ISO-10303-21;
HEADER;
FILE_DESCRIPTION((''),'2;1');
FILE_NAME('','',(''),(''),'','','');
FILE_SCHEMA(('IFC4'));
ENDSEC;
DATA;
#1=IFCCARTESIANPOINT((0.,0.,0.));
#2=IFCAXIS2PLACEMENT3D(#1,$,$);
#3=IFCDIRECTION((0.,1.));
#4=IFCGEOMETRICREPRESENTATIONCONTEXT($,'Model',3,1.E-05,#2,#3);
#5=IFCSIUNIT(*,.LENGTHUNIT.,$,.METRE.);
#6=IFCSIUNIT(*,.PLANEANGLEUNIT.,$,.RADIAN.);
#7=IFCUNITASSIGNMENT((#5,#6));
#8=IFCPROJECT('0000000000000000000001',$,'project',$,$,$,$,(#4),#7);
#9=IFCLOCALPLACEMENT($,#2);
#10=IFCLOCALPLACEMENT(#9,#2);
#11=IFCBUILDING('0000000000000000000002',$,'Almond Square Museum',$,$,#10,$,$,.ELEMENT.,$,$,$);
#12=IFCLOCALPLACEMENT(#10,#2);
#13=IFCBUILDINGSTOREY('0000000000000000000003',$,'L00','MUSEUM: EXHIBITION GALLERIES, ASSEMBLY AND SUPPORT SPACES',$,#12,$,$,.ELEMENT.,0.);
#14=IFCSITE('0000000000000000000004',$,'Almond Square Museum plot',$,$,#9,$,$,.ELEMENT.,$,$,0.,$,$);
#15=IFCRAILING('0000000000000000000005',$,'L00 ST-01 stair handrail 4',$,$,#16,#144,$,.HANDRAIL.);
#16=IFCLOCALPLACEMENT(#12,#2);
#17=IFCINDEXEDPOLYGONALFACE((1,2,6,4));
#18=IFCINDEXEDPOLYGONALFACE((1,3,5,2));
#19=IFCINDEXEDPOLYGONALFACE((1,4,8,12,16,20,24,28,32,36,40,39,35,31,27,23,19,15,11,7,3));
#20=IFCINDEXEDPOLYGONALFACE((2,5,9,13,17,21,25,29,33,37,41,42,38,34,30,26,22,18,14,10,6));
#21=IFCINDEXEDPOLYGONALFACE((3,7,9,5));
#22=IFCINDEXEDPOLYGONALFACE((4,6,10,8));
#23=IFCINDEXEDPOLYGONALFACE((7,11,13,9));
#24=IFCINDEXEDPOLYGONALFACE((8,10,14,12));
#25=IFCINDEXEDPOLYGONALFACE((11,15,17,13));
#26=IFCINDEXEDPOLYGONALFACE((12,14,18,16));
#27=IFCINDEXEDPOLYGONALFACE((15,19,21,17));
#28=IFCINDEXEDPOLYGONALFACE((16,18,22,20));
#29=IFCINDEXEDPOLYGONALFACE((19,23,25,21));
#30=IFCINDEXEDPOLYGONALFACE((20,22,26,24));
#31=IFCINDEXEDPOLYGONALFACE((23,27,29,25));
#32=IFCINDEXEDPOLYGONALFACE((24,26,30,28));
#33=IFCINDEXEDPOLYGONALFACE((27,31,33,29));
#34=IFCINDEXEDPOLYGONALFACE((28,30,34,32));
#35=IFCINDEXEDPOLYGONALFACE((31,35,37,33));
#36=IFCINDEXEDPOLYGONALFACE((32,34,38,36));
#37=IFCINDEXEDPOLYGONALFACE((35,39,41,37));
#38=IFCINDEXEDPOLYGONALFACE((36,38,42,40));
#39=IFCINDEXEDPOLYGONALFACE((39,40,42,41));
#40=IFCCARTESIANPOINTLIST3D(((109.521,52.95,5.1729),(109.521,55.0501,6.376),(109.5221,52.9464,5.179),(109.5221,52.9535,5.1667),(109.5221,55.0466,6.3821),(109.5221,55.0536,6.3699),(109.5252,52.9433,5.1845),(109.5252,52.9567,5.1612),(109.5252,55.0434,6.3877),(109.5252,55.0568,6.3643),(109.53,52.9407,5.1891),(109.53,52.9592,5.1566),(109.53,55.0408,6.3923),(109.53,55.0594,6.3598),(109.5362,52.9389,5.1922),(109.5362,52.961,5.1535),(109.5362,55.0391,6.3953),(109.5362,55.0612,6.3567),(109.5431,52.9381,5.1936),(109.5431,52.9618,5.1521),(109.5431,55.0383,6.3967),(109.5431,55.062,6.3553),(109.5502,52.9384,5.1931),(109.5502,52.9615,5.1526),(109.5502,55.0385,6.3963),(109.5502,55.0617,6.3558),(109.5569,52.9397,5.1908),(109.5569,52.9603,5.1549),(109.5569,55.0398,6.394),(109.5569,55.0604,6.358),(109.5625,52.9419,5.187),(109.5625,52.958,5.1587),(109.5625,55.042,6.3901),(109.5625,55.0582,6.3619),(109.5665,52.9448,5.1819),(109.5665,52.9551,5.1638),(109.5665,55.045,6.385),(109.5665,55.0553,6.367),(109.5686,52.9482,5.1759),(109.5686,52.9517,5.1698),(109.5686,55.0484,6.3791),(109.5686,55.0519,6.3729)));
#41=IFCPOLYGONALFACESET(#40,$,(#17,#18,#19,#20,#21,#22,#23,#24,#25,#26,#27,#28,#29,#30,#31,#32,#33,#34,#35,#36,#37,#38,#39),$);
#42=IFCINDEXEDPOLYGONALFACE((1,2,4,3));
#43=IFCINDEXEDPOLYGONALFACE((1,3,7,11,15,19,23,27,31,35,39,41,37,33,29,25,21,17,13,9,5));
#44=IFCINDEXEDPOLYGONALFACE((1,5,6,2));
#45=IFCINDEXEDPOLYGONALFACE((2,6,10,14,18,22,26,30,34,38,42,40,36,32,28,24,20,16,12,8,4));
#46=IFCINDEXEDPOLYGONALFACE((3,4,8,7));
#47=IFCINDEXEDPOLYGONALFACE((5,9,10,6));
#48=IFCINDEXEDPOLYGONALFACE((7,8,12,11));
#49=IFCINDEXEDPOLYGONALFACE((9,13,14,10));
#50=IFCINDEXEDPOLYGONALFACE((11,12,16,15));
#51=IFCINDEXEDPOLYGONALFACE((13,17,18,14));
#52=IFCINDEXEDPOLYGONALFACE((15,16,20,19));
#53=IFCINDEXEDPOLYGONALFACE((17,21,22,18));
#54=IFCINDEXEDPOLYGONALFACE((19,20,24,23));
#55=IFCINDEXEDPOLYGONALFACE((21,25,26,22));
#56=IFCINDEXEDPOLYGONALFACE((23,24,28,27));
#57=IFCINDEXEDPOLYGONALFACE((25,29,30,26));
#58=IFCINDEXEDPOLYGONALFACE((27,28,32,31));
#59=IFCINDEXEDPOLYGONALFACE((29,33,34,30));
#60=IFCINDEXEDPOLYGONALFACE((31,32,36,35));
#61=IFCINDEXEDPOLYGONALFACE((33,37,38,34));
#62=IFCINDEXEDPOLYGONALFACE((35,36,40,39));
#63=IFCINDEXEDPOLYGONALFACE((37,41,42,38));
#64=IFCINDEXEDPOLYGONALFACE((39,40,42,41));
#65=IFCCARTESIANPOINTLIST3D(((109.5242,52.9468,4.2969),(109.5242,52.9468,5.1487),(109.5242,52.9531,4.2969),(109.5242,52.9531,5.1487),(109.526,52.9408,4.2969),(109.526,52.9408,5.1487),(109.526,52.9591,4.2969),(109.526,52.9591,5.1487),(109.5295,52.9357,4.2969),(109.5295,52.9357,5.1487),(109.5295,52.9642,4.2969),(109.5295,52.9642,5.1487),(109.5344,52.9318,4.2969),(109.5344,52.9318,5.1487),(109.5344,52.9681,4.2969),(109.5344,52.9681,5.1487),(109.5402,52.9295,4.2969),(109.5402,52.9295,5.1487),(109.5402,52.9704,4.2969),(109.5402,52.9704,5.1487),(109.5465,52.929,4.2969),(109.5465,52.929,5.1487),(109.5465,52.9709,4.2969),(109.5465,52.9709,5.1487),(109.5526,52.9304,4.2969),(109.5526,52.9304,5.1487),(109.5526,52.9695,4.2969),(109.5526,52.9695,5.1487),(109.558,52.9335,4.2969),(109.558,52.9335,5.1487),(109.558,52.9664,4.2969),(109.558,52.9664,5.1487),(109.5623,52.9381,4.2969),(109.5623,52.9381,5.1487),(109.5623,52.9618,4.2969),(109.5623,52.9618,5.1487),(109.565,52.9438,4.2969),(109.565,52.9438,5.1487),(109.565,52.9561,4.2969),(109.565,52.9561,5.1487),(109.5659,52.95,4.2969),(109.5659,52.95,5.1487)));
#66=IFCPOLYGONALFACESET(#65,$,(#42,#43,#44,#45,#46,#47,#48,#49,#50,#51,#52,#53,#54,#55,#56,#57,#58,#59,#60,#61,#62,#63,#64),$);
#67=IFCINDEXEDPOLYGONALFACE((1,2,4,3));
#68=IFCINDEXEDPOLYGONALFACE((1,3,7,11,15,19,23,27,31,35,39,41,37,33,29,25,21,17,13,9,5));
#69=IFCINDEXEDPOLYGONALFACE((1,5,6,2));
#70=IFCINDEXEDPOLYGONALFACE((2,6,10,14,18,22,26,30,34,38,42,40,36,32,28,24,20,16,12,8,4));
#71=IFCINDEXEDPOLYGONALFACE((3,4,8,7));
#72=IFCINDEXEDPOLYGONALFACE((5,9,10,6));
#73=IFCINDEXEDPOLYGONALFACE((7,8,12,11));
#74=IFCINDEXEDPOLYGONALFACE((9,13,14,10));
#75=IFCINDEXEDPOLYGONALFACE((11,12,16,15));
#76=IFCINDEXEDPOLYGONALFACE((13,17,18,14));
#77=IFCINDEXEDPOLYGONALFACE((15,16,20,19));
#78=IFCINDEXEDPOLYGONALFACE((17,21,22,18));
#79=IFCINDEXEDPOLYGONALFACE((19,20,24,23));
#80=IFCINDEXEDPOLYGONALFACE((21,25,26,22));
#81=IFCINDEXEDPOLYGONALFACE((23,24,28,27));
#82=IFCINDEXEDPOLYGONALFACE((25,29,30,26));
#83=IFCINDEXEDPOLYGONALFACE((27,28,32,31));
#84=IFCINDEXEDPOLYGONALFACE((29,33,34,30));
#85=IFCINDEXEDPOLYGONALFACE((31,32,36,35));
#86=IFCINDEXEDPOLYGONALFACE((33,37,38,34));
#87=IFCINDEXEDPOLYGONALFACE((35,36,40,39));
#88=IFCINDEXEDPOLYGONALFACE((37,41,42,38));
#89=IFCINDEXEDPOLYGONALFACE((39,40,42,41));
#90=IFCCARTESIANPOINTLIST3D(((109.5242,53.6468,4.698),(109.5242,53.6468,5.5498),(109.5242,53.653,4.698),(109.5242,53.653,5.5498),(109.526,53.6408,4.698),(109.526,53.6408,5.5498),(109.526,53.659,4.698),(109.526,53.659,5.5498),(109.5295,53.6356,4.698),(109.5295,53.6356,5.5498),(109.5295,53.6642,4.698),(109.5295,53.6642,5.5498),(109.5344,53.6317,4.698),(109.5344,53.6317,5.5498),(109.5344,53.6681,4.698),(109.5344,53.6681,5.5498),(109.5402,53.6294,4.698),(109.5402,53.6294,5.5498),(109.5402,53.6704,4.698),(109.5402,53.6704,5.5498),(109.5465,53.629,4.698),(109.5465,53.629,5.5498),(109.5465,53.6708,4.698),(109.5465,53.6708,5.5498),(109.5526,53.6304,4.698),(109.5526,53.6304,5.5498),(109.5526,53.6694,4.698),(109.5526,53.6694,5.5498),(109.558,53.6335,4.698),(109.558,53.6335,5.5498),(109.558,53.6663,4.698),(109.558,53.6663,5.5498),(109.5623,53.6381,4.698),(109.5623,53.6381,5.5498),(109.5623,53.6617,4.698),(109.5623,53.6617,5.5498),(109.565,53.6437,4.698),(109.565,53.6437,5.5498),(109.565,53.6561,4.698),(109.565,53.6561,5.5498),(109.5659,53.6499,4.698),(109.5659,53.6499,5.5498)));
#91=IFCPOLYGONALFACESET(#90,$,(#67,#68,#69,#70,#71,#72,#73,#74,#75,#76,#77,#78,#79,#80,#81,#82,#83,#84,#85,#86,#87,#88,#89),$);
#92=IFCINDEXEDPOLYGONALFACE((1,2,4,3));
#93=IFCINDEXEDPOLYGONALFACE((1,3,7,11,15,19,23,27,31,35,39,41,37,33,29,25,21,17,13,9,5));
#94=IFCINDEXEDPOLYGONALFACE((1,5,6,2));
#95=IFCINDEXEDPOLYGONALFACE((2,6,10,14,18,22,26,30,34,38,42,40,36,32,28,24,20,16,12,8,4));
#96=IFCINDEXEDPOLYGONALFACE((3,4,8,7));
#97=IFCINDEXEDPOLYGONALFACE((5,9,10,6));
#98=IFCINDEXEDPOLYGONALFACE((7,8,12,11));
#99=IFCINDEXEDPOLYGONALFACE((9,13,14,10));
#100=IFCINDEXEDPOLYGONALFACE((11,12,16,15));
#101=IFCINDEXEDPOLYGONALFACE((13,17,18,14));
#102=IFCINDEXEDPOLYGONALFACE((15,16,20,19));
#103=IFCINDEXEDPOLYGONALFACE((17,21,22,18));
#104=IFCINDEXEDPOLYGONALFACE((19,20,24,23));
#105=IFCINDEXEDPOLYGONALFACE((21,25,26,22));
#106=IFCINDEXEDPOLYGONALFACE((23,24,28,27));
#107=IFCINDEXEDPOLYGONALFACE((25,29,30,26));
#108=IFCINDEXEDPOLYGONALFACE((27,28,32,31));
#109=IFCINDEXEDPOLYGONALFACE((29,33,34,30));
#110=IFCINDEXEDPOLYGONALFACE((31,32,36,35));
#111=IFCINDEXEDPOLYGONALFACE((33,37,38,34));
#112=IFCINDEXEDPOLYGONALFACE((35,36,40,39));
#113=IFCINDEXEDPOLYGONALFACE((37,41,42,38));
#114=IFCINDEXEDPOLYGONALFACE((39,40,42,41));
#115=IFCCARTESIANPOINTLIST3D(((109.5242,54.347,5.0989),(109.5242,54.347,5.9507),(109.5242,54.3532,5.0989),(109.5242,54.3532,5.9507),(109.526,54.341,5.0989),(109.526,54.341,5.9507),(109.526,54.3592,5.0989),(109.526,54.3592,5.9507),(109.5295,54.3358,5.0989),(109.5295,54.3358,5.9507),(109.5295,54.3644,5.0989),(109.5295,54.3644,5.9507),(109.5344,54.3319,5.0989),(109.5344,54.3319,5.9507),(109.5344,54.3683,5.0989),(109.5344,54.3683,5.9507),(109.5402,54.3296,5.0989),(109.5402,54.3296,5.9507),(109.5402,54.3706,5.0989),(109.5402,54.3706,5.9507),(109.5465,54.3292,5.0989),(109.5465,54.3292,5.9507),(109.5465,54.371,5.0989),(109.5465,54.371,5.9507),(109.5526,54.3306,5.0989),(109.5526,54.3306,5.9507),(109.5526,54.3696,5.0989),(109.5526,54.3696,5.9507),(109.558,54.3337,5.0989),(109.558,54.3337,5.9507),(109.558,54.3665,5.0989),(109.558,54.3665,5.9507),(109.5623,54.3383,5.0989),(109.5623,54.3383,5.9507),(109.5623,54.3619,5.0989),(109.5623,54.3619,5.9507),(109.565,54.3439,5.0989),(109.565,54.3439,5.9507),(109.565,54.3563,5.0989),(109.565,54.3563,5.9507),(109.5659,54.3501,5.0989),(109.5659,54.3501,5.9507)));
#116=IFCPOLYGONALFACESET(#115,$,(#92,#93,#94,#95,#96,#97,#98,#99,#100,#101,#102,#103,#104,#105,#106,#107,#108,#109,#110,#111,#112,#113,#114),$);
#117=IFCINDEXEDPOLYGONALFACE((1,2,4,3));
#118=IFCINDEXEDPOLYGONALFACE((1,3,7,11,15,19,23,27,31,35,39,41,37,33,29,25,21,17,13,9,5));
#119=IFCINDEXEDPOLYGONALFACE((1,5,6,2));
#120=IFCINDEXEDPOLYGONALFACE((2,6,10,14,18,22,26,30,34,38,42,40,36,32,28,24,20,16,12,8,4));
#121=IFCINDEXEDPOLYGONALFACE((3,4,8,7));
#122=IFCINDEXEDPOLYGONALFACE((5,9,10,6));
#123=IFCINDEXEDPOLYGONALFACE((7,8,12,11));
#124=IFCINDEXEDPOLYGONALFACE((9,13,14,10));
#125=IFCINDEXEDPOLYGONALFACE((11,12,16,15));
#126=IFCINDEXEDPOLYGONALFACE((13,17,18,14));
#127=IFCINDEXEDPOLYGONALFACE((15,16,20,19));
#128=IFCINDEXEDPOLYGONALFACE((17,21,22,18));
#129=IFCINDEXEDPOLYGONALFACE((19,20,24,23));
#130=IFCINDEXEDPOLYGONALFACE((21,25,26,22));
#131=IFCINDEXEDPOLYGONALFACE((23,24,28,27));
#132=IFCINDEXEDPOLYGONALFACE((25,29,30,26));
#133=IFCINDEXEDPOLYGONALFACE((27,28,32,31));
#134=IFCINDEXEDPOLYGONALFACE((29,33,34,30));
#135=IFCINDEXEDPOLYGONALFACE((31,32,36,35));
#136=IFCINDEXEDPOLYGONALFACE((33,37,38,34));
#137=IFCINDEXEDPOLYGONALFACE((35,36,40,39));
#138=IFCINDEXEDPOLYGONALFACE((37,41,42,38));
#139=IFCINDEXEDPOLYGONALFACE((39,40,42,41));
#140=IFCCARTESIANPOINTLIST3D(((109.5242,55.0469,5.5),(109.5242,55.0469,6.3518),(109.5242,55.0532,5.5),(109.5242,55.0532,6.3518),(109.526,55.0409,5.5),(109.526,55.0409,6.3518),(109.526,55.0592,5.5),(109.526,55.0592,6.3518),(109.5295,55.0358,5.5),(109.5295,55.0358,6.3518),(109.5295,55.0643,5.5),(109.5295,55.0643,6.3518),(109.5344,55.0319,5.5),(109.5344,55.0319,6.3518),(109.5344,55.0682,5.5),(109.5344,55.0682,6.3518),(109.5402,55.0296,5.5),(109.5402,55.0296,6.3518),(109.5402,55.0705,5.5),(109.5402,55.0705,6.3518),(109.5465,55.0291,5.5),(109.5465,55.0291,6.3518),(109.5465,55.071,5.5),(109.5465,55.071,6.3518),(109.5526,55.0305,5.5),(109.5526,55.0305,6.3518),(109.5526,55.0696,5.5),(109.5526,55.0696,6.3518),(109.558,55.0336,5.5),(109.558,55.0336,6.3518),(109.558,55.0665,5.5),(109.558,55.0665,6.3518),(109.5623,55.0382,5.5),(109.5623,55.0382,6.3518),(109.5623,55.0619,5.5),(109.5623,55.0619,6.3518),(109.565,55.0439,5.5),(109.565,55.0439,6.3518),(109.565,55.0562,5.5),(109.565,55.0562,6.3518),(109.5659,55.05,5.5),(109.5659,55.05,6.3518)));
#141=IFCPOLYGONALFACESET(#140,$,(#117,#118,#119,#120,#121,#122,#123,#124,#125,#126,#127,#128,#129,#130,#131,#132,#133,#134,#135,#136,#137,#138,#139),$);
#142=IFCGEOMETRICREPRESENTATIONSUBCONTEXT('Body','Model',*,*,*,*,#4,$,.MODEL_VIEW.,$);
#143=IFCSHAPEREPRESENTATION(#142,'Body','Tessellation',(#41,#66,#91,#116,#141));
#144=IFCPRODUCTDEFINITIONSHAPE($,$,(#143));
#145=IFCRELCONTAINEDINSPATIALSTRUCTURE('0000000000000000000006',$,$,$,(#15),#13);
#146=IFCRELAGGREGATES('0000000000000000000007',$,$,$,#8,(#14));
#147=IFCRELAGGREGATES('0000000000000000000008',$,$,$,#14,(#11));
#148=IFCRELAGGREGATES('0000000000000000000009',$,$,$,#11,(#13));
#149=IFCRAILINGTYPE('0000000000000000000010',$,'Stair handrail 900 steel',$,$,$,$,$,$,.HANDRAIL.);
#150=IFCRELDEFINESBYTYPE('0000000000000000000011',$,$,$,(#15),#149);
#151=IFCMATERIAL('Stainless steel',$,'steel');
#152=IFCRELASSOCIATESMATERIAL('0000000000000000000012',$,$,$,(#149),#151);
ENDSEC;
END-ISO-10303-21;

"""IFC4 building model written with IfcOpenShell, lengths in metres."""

from ifc_helpers import new_model, si_unit, direction, frame, origin, origin_2d, place, context, subcontext, project, spatial, circle, extrude, material, type_object, element, save


model = new_model("IFC4")

# Units and contexts
model_context = context("Model", 3, precision=1e-05, world=origin(), true_north=direction((0.0, 1.0)))
body_context = subcontext(model_context, "Body", "Model", "MODEL_VIEW")
ifc_project = project(units=[si_unit("LENGTHUNIT", "METRE"), si_unit("PLANEANGLEUNIT", "RADIAN")], contexts=[model_context])

# Site, building, storey
site_placement = place(None, origin())
site = spatial("IfcSite", under=ifc_project, at=site_placement, Name="Almond Square Museum plot", CompositionType="ELEMENT", RefElevation=0.0)
building_placement = place(site_placement, origin())
building = spatial("IfcBuilding", under=site, at=building_placement, Name="Almond Square Museum", CompositionType="ELEMENT")
storey_placement = place(building_placement, origin())
storey = spatial("IfcBuildingStorey", under=building, at=storey_placement, Name="L00", Description="MUSEUM: EXHIBITION GALLERIES, ASSEMBLY AND SUPPORT SPACES", CompositionType="ELEMENT", Elevation=0.0)

# Railing
ifc_material_1 = material(Name="Stainless steel", Category="steel")
railing_type_1 = type_object("IfcRailingType", Name="Stair handrail 900 steel", PredefinedType="HANDRAIL", material=ifc_material_1)
railing_1_placement = place(storey_placement, frame((109.5449, 52.95, 4.2969)))
element("IfcRailing", 1, at=railing_1_placement, inside=storey, type_object=railing_type_1, Name="L00 ST-01 stair handrail 4", PredefinedType="HANDRAIL", context=body_context, shape_type="SweptSolid", body=[
    extrude(circle(Radius=0.0239, at=origin_2d()), frame((0.0, 0.0, 0.876), z_axis=(0.0, 0.867696, 0.497095), x_axis=(-1.0, 0.0, 0.0)), (0.0, 0.0, 1.0), 2.4204),
    extrude(circle(Radius=0.021, at=origin_2d()), origin(), (0.0, 0.0, 1.0), 0.8518),
    extrude(circle(Radius=0.021, at=origin_2d()), frame((0.0, 0.7, 0.4011)), (0.0, 0.0, 1.0), 0.8518),
    extrude(circle(Radius=0.021, at=origin_2d()), frame((0.0, 1.4001, 0.802)), (0.0, 0.0, 1.0), 0.8518),
    extrude(circle(Radius=0.021, at=origin_2d()), frame((0.0, 2.1001, 1.2031)), (0.0, 0.0, 1.0), 0.8518),
])

save(model, "model.ifc")
